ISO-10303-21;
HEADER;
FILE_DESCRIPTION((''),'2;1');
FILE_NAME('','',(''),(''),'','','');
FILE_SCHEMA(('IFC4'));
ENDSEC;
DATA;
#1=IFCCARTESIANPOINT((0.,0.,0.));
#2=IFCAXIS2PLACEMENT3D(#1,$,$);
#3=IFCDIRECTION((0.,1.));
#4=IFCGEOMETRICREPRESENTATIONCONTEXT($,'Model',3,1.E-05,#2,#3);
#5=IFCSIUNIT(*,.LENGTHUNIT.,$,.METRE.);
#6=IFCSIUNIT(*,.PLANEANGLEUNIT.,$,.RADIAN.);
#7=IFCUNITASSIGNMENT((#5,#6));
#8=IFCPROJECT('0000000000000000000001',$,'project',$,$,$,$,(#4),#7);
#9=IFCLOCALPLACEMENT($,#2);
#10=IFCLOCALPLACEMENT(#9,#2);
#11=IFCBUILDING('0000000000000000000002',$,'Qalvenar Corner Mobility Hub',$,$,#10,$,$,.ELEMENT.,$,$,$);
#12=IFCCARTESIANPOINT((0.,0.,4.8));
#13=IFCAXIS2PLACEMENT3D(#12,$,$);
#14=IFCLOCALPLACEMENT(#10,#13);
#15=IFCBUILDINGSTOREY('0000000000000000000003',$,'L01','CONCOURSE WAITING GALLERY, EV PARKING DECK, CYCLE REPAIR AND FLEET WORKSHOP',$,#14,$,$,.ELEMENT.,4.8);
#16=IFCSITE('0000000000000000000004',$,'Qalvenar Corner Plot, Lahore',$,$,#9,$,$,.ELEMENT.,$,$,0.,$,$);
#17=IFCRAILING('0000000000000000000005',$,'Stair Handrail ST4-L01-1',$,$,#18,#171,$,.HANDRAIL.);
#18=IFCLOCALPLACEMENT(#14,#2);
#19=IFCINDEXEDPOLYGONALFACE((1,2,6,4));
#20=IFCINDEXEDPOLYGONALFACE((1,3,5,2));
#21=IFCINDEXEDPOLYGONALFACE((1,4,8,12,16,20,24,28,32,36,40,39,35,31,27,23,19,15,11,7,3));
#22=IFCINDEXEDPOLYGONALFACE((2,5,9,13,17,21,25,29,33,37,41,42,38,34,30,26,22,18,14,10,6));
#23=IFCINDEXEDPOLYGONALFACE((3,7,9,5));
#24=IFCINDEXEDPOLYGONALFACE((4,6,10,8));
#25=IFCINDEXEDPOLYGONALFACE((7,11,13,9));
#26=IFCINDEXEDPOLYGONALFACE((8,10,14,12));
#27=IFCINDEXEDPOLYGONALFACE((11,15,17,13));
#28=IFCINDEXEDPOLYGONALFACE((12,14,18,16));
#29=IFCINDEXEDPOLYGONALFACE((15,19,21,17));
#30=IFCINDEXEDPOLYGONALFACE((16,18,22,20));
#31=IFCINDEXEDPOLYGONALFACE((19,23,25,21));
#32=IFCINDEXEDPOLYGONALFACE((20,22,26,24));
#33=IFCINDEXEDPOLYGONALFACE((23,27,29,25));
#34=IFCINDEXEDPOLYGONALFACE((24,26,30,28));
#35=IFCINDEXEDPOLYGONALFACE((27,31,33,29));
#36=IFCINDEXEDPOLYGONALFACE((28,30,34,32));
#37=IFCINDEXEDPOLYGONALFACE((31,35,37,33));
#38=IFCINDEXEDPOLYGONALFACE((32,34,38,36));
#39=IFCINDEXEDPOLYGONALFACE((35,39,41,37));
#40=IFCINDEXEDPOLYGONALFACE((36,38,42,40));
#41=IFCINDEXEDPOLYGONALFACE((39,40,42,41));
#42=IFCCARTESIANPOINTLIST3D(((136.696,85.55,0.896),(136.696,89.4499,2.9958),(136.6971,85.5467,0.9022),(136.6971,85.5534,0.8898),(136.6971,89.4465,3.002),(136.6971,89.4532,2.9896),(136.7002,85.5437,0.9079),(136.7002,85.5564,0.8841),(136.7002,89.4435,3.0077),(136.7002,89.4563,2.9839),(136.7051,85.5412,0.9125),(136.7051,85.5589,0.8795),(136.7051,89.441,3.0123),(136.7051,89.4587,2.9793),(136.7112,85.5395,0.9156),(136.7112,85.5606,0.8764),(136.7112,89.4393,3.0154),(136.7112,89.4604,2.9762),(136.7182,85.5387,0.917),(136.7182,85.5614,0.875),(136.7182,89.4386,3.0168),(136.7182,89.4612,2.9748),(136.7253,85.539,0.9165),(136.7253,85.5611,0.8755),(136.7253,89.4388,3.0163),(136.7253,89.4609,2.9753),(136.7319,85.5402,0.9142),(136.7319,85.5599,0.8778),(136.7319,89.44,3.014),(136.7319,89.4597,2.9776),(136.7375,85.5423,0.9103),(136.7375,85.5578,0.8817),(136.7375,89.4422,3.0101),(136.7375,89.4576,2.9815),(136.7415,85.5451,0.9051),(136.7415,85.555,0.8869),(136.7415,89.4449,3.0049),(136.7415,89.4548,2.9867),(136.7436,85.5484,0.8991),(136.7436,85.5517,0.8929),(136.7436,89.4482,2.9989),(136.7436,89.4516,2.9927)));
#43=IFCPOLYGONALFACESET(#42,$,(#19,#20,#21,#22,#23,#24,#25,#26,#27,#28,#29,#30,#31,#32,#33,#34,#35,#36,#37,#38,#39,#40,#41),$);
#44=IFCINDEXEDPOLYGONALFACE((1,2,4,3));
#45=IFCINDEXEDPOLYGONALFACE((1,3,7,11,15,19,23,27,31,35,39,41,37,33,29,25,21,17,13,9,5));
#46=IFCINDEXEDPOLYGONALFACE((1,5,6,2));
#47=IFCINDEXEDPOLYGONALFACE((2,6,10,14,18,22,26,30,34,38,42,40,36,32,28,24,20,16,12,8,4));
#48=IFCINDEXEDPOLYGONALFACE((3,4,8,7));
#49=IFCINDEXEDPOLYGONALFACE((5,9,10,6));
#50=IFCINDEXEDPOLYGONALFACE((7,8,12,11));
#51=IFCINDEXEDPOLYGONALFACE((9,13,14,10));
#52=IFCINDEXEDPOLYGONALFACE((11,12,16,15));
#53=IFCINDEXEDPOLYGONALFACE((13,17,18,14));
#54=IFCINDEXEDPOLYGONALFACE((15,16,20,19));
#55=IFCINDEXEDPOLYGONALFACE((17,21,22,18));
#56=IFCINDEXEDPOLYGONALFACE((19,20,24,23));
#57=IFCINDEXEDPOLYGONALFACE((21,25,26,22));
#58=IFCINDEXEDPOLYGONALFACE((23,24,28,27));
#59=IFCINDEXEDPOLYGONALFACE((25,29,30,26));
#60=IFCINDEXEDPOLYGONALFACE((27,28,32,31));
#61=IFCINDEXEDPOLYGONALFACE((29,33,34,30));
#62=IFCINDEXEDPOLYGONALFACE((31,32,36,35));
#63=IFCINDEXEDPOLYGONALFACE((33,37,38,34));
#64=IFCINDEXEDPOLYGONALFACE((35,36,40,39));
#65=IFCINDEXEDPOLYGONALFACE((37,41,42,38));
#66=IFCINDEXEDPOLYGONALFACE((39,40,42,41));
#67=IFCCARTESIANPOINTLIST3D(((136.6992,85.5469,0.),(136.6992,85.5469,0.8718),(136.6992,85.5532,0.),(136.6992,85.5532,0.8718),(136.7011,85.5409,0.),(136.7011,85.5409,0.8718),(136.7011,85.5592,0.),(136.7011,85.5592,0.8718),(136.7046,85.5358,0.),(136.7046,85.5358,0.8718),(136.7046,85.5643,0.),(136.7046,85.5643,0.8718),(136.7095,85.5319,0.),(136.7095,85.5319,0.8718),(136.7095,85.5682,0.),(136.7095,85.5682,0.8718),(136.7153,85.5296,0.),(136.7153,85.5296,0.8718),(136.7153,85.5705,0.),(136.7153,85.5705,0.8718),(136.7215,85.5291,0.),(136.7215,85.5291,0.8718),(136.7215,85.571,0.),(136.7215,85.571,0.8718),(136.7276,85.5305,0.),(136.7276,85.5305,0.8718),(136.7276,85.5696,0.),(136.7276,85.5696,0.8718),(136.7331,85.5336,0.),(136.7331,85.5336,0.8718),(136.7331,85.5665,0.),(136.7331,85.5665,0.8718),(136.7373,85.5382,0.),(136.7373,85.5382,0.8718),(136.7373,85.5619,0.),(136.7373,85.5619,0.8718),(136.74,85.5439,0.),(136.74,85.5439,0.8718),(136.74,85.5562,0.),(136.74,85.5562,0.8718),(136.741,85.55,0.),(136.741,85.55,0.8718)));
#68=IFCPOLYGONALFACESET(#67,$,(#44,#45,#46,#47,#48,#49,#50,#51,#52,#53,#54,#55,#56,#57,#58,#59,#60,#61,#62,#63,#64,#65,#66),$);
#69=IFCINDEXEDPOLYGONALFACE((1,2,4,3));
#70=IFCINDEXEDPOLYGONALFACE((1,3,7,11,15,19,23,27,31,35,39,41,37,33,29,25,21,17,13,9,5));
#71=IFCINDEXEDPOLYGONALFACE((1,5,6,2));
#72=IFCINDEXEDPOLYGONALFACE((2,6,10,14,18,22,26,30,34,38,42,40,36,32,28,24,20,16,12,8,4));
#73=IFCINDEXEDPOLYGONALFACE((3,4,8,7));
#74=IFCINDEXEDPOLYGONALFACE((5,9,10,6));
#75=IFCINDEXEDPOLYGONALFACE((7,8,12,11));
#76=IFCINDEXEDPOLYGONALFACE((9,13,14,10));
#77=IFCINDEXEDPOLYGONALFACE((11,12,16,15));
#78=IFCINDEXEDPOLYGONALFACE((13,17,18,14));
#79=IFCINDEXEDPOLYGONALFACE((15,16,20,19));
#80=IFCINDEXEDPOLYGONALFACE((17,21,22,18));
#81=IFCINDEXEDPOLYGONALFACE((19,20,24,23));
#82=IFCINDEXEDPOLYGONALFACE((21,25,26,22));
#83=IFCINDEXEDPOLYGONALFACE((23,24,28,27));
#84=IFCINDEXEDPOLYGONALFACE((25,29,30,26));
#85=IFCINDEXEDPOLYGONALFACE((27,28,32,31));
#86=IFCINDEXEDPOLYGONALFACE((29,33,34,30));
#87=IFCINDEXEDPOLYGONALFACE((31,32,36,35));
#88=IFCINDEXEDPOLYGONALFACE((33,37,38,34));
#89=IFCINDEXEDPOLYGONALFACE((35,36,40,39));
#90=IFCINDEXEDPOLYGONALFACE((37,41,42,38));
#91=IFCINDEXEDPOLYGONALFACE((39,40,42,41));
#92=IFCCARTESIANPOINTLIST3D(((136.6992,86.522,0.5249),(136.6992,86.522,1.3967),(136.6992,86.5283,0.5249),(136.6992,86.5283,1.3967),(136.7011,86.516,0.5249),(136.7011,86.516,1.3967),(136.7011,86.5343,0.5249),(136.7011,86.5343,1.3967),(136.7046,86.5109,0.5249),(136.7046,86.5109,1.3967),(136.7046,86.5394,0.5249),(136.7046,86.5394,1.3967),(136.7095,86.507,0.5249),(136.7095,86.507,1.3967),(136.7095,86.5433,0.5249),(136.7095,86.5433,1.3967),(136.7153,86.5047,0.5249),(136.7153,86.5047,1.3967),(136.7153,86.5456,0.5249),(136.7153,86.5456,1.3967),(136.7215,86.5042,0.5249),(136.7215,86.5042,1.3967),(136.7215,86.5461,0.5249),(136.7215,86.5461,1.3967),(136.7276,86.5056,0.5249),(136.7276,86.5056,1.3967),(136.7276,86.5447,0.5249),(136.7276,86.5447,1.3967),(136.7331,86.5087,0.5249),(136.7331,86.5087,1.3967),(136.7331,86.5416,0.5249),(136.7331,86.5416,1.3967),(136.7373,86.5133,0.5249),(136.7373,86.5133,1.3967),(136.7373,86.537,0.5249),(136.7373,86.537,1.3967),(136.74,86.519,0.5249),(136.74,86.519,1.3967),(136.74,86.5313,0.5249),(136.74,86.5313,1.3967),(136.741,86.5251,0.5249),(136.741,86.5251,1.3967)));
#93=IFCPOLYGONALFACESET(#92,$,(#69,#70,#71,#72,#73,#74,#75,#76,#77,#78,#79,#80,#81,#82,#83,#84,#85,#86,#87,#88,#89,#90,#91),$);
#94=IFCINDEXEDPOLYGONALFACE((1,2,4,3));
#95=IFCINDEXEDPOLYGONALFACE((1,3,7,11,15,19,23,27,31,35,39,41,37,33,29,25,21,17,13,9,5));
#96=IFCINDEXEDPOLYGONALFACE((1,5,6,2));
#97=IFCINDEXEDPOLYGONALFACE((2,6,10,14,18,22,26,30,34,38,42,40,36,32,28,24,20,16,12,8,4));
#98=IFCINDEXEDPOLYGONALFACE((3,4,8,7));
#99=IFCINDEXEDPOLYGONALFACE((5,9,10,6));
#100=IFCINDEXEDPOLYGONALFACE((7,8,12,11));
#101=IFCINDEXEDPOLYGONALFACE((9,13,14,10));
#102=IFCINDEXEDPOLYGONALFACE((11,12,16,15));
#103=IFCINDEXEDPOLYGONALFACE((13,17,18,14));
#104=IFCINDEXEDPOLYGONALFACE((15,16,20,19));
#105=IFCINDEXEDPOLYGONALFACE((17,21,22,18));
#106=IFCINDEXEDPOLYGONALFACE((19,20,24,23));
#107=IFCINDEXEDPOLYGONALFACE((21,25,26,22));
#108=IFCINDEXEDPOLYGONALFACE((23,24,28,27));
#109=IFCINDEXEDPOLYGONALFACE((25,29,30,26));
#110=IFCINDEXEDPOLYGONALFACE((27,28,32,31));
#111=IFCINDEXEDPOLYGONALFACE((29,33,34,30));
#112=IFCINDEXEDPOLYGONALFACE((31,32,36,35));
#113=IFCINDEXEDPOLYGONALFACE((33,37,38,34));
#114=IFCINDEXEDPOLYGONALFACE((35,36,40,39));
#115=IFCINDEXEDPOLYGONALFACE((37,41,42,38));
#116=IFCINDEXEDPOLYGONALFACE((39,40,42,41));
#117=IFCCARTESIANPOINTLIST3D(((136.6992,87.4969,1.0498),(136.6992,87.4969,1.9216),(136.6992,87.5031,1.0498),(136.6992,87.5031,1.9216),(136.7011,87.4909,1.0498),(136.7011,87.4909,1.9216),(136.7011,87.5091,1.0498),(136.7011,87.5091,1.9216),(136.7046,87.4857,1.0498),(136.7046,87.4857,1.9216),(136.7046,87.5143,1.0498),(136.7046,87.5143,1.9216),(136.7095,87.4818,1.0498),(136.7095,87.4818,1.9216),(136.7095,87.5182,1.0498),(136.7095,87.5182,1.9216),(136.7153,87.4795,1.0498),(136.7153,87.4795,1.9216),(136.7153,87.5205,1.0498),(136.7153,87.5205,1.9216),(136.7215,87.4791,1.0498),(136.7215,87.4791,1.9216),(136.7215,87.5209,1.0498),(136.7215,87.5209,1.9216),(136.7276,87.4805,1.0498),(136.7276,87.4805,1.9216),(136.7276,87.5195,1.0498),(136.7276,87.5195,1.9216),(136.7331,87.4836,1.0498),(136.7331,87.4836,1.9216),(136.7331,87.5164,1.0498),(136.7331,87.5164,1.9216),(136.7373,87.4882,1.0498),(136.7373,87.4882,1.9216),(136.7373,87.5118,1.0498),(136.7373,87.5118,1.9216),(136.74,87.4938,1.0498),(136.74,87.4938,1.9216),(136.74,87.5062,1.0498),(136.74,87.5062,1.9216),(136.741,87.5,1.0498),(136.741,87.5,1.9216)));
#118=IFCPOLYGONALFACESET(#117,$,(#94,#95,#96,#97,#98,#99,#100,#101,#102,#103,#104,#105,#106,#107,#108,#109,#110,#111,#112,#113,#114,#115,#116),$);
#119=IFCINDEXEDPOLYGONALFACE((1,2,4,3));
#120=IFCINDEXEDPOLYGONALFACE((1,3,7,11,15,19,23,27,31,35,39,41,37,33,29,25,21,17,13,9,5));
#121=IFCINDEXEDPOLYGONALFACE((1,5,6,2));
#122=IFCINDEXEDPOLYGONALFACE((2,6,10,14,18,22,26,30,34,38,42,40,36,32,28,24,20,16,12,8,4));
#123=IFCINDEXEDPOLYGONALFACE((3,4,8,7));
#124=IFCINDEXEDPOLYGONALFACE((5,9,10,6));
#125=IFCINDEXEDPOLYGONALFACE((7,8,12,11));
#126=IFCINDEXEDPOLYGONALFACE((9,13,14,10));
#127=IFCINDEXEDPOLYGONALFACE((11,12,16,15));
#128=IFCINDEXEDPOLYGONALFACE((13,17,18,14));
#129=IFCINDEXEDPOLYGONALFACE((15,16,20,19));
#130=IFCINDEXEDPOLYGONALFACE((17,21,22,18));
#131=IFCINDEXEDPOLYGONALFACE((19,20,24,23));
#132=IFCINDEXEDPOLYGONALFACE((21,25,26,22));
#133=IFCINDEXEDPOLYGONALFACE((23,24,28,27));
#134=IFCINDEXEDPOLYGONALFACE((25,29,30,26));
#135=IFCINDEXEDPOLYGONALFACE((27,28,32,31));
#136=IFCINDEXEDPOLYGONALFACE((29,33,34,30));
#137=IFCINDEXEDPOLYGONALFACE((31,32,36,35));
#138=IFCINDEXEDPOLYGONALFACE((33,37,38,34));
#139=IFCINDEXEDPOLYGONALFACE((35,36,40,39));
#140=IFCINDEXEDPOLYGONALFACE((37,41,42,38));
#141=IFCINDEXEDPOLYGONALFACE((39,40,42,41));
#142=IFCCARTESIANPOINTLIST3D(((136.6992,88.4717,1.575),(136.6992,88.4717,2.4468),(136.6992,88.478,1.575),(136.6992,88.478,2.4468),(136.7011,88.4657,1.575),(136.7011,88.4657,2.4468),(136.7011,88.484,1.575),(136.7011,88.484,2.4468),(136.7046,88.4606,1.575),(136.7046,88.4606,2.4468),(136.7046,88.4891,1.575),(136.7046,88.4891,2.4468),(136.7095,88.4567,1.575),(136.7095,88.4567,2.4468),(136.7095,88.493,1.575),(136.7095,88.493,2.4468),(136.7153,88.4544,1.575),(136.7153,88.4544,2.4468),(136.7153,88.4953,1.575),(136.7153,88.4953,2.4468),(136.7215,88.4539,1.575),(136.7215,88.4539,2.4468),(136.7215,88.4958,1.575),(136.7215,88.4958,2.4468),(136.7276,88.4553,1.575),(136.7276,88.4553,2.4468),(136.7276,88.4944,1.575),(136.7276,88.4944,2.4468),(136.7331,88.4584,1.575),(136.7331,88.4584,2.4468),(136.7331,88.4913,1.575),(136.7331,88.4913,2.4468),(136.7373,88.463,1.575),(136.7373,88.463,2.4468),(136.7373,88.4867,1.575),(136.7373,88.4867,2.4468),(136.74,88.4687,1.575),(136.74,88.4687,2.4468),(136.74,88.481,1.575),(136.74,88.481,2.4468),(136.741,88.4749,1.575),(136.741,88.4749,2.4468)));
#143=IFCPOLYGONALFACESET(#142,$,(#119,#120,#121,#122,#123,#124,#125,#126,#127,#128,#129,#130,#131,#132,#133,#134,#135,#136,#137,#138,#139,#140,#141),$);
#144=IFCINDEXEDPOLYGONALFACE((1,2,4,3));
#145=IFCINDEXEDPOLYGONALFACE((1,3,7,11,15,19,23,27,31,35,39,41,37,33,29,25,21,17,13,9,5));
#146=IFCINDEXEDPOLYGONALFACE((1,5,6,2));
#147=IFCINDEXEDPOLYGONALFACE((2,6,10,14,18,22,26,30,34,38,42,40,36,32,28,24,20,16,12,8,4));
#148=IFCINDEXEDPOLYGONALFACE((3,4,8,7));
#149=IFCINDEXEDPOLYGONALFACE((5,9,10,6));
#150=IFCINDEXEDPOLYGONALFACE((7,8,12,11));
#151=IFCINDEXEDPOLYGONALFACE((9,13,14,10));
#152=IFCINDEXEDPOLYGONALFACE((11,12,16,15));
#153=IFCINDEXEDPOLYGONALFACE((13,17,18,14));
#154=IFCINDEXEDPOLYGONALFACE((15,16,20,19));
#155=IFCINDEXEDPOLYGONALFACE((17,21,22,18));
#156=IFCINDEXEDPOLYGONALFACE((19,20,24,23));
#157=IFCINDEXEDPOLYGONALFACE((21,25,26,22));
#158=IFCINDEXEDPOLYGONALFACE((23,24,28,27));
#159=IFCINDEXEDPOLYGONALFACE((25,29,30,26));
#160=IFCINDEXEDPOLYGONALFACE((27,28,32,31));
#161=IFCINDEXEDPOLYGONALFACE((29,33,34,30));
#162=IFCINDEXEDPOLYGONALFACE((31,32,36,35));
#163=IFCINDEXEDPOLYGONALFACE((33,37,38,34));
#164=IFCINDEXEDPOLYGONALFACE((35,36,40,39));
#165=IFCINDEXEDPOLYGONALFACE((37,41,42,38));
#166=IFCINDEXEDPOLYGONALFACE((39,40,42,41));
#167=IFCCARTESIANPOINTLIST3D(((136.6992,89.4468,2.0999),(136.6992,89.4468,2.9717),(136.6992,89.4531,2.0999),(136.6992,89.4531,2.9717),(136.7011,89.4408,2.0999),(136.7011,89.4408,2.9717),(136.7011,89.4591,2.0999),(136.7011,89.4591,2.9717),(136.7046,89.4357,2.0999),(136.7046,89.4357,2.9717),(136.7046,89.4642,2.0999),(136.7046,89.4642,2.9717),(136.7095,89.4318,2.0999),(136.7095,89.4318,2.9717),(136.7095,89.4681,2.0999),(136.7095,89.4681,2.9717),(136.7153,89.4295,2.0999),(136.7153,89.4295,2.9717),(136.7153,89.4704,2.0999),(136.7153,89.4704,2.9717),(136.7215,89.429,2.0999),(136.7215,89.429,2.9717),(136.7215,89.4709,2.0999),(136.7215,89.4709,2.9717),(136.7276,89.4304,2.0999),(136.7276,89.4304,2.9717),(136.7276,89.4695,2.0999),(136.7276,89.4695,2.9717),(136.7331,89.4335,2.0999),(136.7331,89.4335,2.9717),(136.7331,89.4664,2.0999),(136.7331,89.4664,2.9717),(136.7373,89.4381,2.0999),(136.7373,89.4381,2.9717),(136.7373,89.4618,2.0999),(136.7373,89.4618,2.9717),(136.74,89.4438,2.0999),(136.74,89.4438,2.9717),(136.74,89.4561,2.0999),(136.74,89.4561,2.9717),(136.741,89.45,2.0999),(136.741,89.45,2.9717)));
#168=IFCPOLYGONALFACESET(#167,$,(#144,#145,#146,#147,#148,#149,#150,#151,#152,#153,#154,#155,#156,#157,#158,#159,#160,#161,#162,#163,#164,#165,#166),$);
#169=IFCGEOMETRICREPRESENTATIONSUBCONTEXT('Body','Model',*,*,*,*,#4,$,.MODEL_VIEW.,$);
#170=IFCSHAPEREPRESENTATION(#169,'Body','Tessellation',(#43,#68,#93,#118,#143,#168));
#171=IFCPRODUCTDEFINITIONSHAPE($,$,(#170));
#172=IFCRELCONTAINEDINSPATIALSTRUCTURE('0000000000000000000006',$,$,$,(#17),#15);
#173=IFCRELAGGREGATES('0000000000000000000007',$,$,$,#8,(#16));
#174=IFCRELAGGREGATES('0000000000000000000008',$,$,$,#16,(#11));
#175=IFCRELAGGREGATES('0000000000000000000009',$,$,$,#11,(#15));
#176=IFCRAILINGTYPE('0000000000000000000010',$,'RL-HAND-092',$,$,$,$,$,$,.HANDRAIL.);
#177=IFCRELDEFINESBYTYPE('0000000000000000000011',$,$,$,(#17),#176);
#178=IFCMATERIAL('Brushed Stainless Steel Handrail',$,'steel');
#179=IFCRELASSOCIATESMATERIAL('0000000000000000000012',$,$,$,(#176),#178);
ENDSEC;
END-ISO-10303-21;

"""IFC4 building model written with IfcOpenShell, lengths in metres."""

from ifc_helpers import new_model, si_unit, direction, frame, origin, origin_2d, place, context, subcontext, project, spatial, circle, extrude, material, type_object, element, save


model = new_model("IFC4")

# Units and contexts
model_context = context("Model", 3, precision=1e-05, world=origin(), true_north=direction((0.0, 1.0)))
body_context = subcontext(model_context, "Body", "Model", "MODEL_VIEW")
ifc_project = project(units=[si_unit("LENGTHUNIT", "METRE"), si_unit("PLANEANGLEUNIT", "RADIAN")], contexts=[model_context])

# Site, building, storey
site_placement = place(None, origin())
site = spatial("IfcSite", under=ifc_project, at=site_placement, Name="Qalvenar Corner Plot, Lahore", CompositionType="ELEMENT", RefElevation=0.0)
building_placement = place(site_placement, origin())
building = spatial("IfcBuilding", under=site, at=building_placement, Name="Qalvenar Corner Mobility Hub", CompositionType="ELEMENT")
storey_placement = place(building_placement, frame((0.0, 0.0, 4.8)))
storey = spatial("IfcBuildingStorey", under=building, at=storey_placement, Name="L01", Description="CONCOURSE WAITING GALLERY, EV PARKING DECK, CYCLE REPAIR AND FLEET WORKSHOP", CompositionType="ELEMENT", Elevation=4.8)

# Railing
ifc_material_1 = material(Name="Brushed Stainless Steel Handrail", Category="steel")
railing_type_1 = type_object("IfcRailingType", Name="RL-HAND-092", PredefinedType="HANDRAIL", material=ifc_material_1)
railing_1_placement = place(storey_placement, frame((136.72, 85.55, 0.0)))
element("IfcRailing", 1, at=railing_1_placement, inside=storey, type_object=railing_type_1, Name="Stair Handrail ST4-L01-1", PredefinedType="HANDRAIL", context=body_context, shape_type="SweptSolid", body=[
    extrude(circle(Radius=0.0239, at=origin_2d()), frame((0.0, 0.0, 0.896), z_axis=(0.0, 0.88048, 0.474083), x_axis=(-1.0, 0.0, 0.0)), (0.0, 0.0, 1.0), 4.4292),
    extrude(circle(Radius=0.021, at=origin_2d()), origin(), (0.0, 0.0, 1.0), 0.8718),
    extrude(circle(Radius=0.021, at=origin_2d()), frame((0.0, 0.9751, 0.5249)), (0.0, 0.0, 1.0), 0.8718),
    extrude(circle(Radius=0.021, at=origin_2d()), frame((0.0, 1.95, 1.0498)), (0.0, 0.0, 1.0), 0.8718),
    extrude(circle(Radius=0.021, at=origin_2d()), frame((0.0, 2.9248, 1.575)), (0.0, 0.0, 1.0), 0.8718),
    extrude(circle(Radius=0.021, at=origin_2d()), frame((0.0, 3.8999, 2.0999)), (0.0, 0.0, 1.0), 0.8718),
])

save(model, "model.ifc")
